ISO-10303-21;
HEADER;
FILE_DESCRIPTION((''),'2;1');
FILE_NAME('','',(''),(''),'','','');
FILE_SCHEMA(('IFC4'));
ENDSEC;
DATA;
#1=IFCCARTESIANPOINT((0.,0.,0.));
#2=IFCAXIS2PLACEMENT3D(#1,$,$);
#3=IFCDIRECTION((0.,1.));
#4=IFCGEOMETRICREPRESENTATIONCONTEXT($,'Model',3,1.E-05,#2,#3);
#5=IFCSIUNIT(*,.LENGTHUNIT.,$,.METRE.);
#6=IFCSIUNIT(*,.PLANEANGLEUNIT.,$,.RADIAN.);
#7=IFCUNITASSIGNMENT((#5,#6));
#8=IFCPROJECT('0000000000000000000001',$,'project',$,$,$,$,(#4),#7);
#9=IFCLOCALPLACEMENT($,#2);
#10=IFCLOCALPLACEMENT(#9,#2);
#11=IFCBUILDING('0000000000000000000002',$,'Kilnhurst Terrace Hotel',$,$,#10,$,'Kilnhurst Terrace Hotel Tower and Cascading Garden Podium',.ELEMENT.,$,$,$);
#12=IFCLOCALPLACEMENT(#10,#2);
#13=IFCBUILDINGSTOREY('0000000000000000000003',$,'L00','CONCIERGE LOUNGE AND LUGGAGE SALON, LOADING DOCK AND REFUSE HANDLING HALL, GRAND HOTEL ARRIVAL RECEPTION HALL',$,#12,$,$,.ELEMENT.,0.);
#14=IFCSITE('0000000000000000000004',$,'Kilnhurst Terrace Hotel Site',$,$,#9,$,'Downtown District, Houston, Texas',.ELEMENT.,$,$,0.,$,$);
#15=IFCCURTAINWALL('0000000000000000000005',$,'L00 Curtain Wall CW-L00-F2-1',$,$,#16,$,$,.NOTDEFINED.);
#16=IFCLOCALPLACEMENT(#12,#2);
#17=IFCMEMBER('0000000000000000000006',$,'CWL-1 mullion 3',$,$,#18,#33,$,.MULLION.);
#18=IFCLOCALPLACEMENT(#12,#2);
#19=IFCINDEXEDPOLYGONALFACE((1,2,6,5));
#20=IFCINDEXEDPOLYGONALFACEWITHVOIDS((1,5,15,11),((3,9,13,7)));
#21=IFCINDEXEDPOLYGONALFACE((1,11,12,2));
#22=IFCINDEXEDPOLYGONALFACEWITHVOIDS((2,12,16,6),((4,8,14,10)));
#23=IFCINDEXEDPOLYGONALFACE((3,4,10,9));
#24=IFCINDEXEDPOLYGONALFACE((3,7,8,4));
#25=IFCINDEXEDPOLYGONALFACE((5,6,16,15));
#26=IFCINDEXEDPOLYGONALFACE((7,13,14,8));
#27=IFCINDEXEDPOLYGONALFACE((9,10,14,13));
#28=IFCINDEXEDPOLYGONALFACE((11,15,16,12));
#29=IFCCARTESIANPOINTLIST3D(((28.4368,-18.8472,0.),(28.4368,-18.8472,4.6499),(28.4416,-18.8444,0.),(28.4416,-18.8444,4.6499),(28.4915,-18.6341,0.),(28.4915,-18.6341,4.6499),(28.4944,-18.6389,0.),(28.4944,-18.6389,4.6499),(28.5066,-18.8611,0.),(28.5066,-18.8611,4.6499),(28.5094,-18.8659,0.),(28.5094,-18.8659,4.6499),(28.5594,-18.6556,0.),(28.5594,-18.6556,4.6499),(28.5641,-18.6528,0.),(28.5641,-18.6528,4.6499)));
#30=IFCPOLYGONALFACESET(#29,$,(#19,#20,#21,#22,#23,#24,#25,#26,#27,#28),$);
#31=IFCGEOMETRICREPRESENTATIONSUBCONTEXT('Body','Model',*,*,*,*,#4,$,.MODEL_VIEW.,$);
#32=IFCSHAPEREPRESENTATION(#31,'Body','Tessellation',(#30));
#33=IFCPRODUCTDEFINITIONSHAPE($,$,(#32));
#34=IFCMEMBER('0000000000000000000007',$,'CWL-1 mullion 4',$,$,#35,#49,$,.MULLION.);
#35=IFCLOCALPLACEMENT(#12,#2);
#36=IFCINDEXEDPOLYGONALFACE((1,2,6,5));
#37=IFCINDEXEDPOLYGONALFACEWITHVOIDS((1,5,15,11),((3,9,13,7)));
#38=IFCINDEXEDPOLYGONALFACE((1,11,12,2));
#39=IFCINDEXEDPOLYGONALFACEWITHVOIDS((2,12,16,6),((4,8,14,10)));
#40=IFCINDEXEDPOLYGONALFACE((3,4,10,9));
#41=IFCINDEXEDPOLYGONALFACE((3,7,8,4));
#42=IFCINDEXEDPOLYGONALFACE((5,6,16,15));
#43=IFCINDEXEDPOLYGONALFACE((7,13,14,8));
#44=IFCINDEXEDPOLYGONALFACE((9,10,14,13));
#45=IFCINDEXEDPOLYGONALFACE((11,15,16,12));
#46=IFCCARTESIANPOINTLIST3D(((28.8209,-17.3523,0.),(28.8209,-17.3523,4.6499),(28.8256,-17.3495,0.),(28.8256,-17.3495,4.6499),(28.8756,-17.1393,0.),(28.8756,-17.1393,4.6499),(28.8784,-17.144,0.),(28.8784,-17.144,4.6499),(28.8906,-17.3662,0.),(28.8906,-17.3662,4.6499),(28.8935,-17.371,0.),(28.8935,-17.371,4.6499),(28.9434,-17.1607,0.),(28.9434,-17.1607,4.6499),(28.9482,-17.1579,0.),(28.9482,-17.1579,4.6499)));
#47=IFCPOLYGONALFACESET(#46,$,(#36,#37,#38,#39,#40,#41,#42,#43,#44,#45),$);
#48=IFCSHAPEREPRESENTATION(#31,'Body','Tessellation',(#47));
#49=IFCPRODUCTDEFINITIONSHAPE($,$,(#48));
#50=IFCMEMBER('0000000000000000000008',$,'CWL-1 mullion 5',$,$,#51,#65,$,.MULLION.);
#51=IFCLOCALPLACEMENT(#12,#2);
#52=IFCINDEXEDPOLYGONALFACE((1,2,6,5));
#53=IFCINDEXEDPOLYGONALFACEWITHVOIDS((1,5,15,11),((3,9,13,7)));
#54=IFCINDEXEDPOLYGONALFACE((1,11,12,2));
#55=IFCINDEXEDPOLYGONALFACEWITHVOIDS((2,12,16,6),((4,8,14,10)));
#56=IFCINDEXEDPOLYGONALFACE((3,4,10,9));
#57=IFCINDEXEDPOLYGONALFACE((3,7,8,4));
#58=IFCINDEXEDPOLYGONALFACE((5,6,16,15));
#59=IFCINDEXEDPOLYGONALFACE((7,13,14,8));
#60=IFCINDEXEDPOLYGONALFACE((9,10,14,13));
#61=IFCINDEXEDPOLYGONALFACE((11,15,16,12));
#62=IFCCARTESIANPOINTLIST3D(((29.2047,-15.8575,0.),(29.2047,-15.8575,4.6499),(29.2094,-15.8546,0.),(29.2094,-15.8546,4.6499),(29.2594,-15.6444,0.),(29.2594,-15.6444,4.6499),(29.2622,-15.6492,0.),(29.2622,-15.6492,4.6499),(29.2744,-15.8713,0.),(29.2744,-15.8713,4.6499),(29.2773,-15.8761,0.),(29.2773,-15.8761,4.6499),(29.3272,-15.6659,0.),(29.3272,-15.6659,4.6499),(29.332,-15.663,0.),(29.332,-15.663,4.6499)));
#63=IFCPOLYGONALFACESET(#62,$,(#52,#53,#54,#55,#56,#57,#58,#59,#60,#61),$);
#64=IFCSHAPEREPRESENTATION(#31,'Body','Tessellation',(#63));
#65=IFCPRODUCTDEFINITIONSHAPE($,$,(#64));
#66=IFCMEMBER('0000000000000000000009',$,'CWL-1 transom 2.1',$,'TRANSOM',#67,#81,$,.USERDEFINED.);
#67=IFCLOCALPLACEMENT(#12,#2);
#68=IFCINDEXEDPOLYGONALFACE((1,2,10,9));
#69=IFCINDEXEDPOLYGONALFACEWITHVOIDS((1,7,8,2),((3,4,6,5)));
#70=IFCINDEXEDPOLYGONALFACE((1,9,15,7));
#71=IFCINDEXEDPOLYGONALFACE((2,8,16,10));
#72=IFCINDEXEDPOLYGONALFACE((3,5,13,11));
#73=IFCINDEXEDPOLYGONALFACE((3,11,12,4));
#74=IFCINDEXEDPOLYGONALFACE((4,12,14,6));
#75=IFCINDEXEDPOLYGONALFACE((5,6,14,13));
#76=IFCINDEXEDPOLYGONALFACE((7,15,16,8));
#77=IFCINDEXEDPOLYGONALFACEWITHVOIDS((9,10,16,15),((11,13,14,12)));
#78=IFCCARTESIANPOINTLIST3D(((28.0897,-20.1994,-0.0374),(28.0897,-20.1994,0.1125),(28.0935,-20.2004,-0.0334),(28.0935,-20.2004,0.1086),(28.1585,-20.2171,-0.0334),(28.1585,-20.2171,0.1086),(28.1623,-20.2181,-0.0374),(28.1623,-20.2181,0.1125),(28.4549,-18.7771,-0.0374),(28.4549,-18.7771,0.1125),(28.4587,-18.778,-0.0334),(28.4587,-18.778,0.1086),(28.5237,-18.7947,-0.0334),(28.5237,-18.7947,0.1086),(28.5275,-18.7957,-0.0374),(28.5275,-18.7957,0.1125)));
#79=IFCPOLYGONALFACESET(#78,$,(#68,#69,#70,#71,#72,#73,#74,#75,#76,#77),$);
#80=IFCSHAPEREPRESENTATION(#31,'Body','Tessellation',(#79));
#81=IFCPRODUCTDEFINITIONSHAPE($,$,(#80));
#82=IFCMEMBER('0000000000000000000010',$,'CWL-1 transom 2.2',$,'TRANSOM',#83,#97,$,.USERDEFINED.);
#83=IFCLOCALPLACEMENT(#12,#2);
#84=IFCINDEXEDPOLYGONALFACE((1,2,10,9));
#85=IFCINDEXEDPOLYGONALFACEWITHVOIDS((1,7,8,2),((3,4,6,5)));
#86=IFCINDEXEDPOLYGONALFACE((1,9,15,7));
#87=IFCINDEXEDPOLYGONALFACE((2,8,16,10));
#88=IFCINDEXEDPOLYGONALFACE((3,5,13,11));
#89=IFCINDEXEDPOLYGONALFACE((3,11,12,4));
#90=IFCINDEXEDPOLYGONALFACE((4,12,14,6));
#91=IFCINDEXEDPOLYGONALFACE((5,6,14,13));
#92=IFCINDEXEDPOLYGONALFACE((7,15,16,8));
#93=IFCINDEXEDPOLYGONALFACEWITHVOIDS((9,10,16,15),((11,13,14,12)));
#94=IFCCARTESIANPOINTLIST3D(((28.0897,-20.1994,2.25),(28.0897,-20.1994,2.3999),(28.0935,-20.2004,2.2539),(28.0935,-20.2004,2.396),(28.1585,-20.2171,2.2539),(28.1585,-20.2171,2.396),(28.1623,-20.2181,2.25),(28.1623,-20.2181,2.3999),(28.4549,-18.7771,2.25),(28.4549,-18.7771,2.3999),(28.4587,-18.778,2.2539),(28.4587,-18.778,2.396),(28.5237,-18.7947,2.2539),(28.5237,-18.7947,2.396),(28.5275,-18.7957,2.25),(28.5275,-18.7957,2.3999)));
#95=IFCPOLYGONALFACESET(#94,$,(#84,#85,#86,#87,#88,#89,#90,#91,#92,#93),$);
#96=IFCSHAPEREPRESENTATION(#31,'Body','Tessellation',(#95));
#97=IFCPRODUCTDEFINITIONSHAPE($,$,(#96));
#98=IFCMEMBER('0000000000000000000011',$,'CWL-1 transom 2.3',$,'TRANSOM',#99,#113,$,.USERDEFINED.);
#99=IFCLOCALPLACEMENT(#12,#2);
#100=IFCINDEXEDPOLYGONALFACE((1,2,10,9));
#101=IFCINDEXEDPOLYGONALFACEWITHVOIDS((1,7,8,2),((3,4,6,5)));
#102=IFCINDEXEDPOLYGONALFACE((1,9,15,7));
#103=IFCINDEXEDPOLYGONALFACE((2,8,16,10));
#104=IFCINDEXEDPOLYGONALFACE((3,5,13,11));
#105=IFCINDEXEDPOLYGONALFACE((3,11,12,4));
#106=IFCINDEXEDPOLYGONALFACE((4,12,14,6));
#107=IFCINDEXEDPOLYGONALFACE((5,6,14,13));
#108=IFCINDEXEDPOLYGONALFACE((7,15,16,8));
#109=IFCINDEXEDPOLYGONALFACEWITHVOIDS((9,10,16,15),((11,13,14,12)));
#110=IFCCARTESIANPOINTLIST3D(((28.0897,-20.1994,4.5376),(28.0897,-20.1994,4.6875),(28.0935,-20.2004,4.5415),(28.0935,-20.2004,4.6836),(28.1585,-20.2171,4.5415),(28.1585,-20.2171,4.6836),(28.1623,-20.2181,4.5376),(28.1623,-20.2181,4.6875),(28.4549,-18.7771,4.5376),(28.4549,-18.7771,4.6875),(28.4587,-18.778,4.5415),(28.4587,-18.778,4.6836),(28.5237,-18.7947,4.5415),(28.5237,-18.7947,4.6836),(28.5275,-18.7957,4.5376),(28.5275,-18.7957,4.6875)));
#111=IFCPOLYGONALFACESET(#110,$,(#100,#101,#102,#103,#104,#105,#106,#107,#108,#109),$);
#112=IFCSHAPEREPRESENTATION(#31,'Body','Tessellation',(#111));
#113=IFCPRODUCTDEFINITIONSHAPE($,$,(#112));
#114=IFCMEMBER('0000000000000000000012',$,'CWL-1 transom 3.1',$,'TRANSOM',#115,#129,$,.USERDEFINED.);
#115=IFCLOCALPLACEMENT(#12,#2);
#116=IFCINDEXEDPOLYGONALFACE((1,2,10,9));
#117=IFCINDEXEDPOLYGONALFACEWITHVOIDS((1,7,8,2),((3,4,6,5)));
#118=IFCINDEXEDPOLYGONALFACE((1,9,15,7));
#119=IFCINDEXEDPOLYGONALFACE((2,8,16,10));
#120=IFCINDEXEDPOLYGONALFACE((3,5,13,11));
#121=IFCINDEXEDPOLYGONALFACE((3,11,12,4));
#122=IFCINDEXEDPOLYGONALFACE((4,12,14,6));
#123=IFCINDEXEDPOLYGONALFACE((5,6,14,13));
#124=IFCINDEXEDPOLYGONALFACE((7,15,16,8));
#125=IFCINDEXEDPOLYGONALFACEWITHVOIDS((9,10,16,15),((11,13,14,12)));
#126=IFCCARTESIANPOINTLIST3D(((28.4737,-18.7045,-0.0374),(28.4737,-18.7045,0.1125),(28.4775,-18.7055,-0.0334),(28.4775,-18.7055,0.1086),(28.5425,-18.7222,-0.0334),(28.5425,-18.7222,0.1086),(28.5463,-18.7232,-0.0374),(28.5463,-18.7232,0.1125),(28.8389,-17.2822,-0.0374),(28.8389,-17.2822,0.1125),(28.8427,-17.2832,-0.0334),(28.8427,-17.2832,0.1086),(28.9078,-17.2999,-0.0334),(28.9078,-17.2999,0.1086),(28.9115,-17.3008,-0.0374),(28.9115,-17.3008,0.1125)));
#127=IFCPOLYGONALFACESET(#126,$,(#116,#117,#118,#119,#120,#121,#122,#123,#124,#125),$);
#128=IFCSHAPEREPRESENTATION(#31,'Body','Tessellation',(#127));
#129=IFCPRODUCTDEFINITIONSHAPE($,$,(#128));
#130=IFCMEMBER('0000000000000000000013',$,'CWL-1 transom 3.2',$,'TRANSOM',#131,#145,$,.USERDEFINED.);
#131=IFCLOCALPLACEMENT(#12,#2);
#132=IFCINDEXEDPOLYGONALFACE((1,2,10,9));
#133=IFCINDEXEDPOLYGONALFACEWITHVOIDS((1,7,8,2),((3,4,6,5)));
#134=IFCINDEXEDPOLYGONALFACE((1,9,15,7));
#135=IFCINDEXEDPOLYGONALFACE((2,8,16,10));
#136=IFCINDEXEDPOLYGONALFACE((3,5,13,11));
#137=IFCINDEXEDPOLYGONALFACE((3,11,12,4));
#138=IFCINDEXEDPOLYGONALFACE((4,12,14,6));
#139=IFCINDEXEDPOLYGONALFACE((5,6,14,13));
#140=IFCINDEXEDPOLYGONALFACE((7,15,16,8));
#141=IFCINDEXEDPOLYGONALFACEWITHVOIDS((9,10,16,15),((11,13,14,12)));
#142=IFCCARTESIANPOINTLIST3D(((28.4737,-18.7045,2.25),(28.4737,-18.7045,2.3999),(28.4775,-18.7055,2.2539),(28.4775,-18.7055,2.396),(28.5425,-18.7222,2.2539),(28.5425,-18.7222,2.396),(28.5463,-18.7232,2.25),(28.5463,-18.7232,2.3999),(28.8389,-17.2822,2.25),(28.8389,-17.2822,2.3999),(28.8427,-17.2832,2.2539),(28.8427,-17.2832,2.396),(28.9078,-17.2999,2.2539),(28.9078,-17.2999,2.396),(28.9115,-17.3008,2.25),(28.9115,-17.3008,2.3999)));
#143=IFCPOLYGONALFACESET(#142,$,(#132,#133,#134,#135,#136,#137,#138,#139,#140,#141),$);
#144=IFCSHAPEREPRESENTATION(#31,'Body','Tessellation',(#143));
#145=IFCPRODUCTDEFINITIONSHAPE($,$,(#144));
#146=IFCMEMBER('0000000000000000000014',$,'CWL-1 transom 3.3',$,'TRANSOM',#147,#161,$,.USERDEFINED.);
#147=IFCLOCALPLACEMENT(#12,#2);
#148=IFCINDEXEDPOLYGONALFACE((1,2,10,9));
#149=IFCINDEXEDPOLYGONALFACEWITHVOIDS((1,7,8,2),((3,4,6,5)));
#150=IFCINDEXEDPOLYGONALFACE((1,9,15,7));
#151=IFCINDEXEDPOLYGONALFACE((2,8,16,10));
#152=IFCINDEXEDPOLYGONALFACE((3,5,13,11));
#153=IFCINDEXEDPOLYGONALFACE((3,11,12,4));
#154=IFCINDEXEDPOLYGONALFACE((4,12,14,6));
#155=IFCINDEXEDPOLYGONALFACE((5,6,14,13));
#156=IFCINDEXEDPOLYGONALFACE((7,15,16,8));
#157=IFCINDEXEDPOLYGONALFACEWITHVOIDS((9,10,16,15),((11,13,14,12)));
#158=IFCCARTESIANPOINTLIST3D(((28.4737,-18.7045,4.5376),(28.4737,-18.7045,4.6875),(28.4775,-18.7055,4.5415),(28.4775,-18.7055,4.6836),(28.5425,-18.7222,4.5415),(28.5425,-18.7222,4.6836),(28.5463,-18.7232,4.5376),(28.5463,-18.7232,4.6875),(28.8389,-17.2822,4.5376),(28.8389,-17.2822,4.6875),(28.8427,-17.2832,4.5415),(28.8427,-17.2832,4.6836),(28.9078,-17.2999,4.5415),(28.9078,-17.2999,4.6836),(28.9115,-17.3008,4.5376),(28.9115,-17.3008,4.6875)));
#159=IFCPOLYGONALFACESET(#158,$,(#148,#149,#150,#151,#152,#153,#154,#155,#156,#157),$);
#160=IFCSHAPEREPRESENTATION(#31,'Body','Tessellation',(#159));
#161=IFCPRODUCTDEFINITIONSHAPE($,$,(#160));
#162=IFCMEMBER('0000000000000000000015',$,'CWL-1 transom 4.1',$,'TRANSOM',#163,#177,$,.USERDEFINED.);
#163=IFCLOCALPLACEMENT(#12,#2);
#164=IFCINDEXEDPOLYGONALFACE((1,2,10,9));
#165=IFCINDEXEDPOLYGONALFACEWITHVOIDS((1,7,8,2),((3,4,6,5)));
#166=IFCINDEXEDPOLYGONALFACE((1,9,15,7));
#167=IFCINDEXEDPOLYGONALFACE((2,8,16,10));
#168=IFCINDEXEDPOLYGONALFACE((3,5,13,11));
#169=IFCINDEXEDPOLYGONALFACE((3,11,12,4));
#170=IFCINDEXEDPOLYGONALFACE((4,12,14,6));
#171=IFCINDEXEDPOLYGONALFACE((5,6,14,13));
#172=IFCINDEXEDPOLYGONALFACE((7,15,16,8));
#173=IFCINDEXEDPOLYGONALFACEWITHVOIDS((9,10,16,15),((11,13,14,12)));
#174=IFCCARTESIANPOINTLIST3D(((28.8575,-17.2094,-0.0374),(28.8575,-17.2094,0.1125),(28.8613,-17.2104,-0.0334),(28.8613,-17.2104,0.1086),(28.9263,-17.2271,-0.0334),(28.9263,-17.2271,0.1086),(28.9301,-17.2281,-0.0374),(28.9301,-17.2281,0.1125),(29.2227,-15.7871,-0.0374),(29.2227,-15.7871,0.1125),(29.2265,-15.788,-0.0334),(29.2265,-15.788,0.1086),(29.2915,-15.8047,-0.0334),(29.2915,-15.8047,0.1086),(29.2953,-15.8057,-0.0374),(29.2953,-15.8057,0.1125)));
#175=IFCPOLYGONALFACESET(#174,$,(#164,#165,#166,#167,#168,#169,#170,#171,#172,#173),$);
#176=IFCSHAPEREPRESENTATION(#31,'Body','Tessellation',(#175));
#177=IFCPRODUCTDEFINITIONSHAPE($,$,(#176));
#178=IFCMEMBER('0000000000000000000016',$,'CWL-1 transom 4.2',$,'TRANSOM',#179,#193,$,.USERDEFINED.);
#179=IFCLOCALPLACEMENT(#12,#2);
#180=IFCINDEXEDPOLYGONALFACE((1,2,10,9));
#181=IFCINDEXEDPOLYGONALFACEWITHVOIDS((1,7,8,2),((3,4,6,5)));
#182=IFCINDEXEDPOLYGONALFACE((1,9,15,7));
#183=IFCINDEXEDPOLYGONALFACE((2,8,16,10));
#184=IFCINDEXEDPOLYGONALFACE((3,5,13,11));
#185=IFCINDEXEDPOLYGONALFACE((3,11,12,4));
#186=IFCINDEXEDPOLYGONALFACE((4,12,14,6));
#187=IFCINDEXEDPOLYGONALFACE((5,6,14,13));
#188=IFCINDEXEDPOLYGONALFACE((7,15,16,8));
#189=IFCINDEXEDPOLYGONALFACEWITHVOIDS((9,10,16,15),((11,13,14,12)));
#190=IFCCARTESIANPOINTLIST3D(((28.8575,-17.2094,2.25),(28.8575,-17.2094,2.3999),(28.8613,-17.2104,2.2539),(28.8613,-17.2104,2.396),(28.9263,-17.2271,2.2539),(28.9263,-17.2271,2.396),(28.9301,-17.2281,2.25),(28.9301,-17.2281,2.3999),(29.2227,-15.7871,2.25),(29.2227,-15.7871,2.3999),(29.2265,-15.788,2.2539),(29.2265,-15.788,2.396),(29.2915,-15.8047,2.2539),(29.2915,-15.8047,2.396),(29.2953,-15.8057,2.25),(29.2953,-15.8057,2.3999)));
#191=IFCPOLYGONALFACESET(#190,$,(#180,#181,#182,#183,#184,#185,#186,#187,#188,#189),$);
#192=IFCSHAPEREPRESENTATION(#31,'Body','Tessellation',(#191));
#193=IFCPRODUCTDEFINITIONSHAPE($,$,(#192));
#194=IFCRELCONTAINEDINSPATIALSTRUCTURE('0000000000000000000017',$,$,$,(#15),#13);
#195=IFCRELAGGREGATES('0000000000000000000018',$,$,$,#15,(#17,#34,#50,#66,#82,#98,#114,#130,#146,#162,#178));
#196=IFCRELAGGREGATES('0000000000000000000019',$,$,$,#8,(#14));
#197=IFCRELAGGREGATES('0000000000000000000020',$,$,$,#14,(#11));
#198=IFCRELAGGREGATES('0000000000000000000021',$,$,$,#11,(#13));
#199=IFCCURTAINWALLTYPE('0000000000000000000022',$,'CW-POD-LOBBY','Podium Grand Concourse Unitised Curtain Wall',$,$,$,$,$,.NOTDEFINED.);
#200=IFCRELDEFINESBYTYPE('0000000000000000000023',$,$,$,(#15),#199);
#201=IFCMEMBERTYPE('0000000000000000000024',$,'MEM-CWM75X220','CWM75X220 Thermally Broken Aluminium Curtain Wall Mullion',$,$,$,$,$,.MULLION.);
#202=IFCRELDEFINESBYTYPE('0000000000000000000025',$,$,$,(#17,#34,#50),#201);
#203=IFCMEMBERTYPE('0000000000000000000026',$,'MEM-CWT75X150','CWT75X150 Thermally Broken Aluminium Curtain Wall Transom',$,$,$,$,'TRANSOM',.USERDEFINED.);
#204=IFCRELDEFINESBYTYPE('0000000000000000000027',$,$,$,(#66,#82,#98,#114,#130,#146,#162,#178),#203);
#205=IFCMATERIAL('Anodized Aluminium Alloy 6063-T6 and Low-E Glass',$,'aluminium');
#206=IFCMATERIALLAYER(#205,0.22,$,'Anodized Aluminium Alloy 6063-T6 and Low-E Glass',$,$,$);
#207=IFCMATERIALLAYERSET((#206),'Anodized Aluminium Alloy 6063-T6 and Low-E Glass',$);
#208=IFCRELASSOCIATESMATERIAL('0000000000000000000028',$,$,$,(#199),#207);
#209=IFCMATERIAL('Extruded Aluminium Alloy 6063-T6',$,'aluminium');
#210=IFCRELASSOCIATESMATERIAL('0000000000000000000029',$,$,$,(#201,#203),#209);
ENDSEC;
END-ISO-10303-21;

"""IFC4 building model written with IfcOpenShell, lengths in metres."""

from ifc_helpers import new_model, si_unit, direction, frame, origin, origin_2d, place, context, subcontext, project, spatial, hollow_rectangle, extrude, material, layer, layer_set, material_profile, profile_set, type_object, element, aggregate, save


model = new_model("IFC4")

# Units and contexts
model_context = context("Model", 3, precision=1e-05, world=origin(), true_north=direction((0.0, 1.0)))
body_context = subcontext(model_context, "Body", "Model", "MODEL_VIEW")
ifc_project = project(units=[si_unit("LENGTHUNIT", "METRE"), si_unit("PLANEANGLEUNIT", "RADIAN")], contexts=[model_context])

# Site, building, storey
site_placement = place(None, origin())
site = spatial("IfcSite", under=ifc_project, at=site_placement, Name="Kilnhurst Terrace Hotel Site", LongName="Downtown District, Houston, Texas", CompositionType="ELEMENT", RefElevation=0.0)
building_placement = place(site_placement, origin())
building = spatial("IfcBuilding", under=site, at=building_placement, Name="Kilnhurst Terrace Hotel", LongName="Kilnhurst Terrace Hotel Tower and Cascading Garden Podium", CompositionType="ELEMENT")
storey_placement = place(building_placement, origin())
storey = spatial("IfcBuildingStorey", under=building, at=storey_placement, Name="L00", Description="CONCIERGE LOUNGE AND LUGGAGE SALON, LOADING DOCK AND REFUSE HANDLING HALL, GRAND HOTEL ARRIVAL RECEPTION HALL", CompositionType="ELEMENT", Elevation=0.0)

# Curtain wall, members
ifc_material_1 = material(Name="Anodized Aluminium Alloy 6063-T6 and Low-E Glass", Category="aluminium")
ifc_layer_1 = layer(ifc_material_1, 0.22, Name="Anodized Aluminium Alloy 6063-T6 and Low-E Glass")
ifc_layer_set_1 = layer_set([ifc_layer_1], Name="Anodized Aluminium Alloy 6063-T6 and Low-E Glass")
curtain_wall_type = type_object("IfcCurtainWallType", Name="CW-POD-LOBBY", Description="Podium Grand Concourse Unitised Curtain Wall", PredefinedType="NOTDEFINED", material=ifc_layer_set_1)
curtain_wall_placement = place(storey_placement, origin())
curtain_wall = element("IfcCurtainWall", 1, at=curtain_wall_placement, inside=storey, type_object=curtain_wall_type, Name="L00 Curtain Wall CW-L00-F2-1", PredefinedType="NOTDEFINED")
ifc_material_2 = material(Name="Extruded Aluminium Alloy 6063-T6", Category="aluminium")
ifc_material_profile_1 = material_profile(ifc_material_2, hollow_rectangle(XDim=0.075, YDim=0.22, WallThickness=0.0039, at=origin_2d()), Name="CWM75X220")
ifc_profile_set_1 = profile_set([ifc_material_profile_1], Name="Extruded Aluminium Alloy 6063-T6")
member_type_1 = type_object("IfcMemberType", Name="MEM-CWM75X220", Description="CWM75X220 Thermally Broken Aluminium Curtain Wall Mullion", PredefinedType="MULLION", material=ifc_profile_set_1)
member_1_placement = place(storey_placement, frame((28.5005, -18.75, 0.0), z_axis=(0.0, 0.0, 1.0), x_axis=(-0.96857, 0.24874, 0.0)))
member_1 = element("IfcMember", 2, at=member_1_placement, type_object=member_type_1, Name="CWL-1 mullion 3", PredefinedType="MULLION", context=body_context, shape_type="SweptSolid", body=[
    extrude(hollow_rectangle(XDim=0.075, YDim=0.22, WallThickness=0.0039, at=origin_2d()), origin(), (0.0, 0.0, 1.0), 4.6499),
])
member_2_placement = place(storey_placement, frame((28.8845, -17.2551, 0.0), z_axis=(0.0, 0.0, 1.0), x_axis=(-0.96857, 0.24874, 0.0)))
member_2 = element("IfcMember", 3, at=member_2_placement, type_object=member_type_1, Name="CWL-1 mullion 4", PredefinedType="MULLION", context=body_context, shape_type="SweptSolid", body=[
    extrude(hollow_rectangle(XDim=0.075, YDim=0.22, WallThickness=0.0039, at=origin_2d()), origin(), (0.0, 0.0, 1.0), 4.6499),
])
member_3_placement = place(storey_placement, frame((29.2683, -15.7603, 0.0), z_axis=(0.0, 0.0, 1.0), x_axis=(-0.96857, 0.24874, 0.0)))
member_3 = element("IfcMember", 4, at=member_3_placement, type_object=member_type_1, Name="CWL-1 mullion 5", PredefinedType="MULLION", context=body_context, shape_type="SweptSolid", body=[
    extrude(hollow_rectangle(XDim=0.075, YDim=0.22, WallThickness=0.0039, at=origin_2d()), origin(), (0.0, 0.0, 1.0), 4.6499),
])
ifc_material_profile_2 = material_profile(ifc_material_2, hollow_rectangle(XDim=0.075, YDim=0.1499, WallThickness=0.0039, at=origin_2d()), Name="CWT75X150")
ifc_profile_set_2 = profile_set([ifc_material_profile_2], Name="Extruded Aluminium Alloy 6063-T6")
member_type_2 = type_object("IfcMemberType", Name="MEM-CWT75X150", Description="CWT75X150 Thermally Broken Aluminium Curtain Wall Transom", ElementType="TRANSOM", PredefinedType="USERDEFINED", material=ifc_profile_set_2)
member_4_placement = place(storey_placement, frame((28.126, -20.2087, 0.0376), z_axis=(0.248711, 0.968578, 0.0), x_axis=(-0.968578, 0.248711, 0.0)))
member_4 = element("IfcMember", 5, at=member_4_placement, type_object=member_type_2, Name="CWL-1 transom 2.1", ObjectType="TRANSOM", PredefinedType="USERDEFINED", context=body_context, shape_type="SweptSolid", body=[
    extrude(hollow_rectangle(XDim=0.075, YDim=0.1499, WallThickness=0.0039, at=origin_2d()), origin(), (0.0, 0.0, 1.0), 1.4685),
])
member_5_placement = place(storey_placement, frame((28.126, -20.2087, 2.325), z_axis=(0.248711, 0.968578, 0.0), x_axis=(-0.968578, 0.248711, 0.0)))
member_5 = element("IfcMember", 6, at=member_5_placement, type_object=member_type_2, Name="CWL-1 transom 2.2", ObjectType="TRANSOM", PredefinedType="USERDEFINED", context=body_context, shape_type="SweptSolid", body=[
    extrude(hollow_rectangle(XDim=0.075, YDim=0.1499, WallThickness=0.0039, at=origin_2d()), origin(), (0.0, 0.0, 1.0), 1.4685),
])
member_6_placement = place(storey_placement, frame((28.126, -20.2087, 4.6125), z_axis=(0.248711, 0.968578, 0.0), x_axis=(-0.968578, 0.248711, 0.0)))
member_6 = element("IfcMember", 7, at=member_6_placement, type_object=member_type_2, Name="CWL-1 transom 2.3", ObjectType="TRANSOM", PredefinedType="USERDEFINED", context=body_context, shape_type="SweptSolid", body=[
    extrude(hollow_rectangle(XDim=0.075, YDim=0.1499, WallThickness=0.0039, at=origin_2d()), origin(), (0.0, 0.0, 1.0), 1.4685),
])
member_7_placement = place(storey_placement, frame((28.51, -18.7139, 0.0376), z_axis=(0.248711, 0.968578, 0.0), x_axis=(-0.968578, 0.248711, 0.0)))
member_7 = element("IfcMember", 8, at=member_7_placement, type_object=member_type_2, Name="CWL-1 transom 3.1", ObjectType="TRANSOM", PredefinedType="USERDEFINED", context=body_context, shape_type="SweptSolid", body=[
    extrude(hollow_rectangle(XDim=0.075, YDim=0.1499, WallThickness=0.0039, at=origin_2d()), origin(), (0.0, 0.0, 1.0), 1.4685),
])
member_8_placement = place(storey_placement, frame((28.51, -18.7139, 2.325), z_axis=(0.248711, 0.968578, 0.0), x_axis=(-0.968578, 0.248711, 0.0)))
member_8 = element("IfcMember", 9, at=member_8_placement, type_object=member_type_2, Name="CWL-1 transom 3.2", ObjectType="TRANSOM", PredefinedType="USERDEFINED", context=body_context, shape_type="SweptSolid", body=[
    extrude(hollow_rectangle(XDim=0.075, YDim=0.1499, WallThickness=0.0039, at=origin_2d()), origin(), (0.0, 0.0, 1.0), 1.4685),
])
member_9_placement = place(storey_placement, frame((28.51, -18.7139, 4.6125), z_axis=(0.248711, 0.968578, 0.0), x_axis=(-0.968578, 0.248711, 0.0)))
member_9 = element("IfcMember", 10, at=member_9_placement, type_object=member_type_2, Name="CWL-1 transom 3.3", ObjectType="TRANSOM", PredefinedType="USERDEFINED", context=body_context, shape_type="SweptSolid", body=[
    extrude(hollow_rectangle(XDim=0.075, YDim=0.1499, WallThickness=0.0039, at=origin_2d()), origin(), (0.0, 0.0, 1.0), 1.4685),
])
member_10_placement = place(storey_placement, frame((28.8938, -17.2188, 0.0376), z_axis=(0.248711, 0.968578, 0.0), x_axis=(-0.968578, 0.248711, 0.0)))
member_10 = element("IfcMember", 11, at=member_10_placement, type_object=member_type_2, Name="CWL-1 transom 4.1", ObjectType="TRANSOM", PredefinedType="USERDEFINED", context=body_context, shape_type="SweptSolid", body=[
    extrude(hollow_rectangle(XDim=0.075, YDim=0.1499, WallThickness=0.0039, at=origin_2d()), origin(), (0.0, 0.0, 1.0), 1.4685),
])
member_11_placement = place(storey_placement, frame((28.8938, -17.2188, 2.325), z_axis=(0.248711, 0.968578, 0.0), x_axis=(-0.968578, 0.248711, 0.0)))
member_11 = element("IfcMember", 12, at=member_11_placement, type_object=member_type_2, Name="CWL-1 transom 4.2", ObjectType="TRANSOM", PredefinedType="USERDEFINED", context=body_context, shape_type="SweptSolid", body=[
    extrude(hollow_rectangle(XDim=0.075, YDim=0.1499, WallThickness=0.0039, at=origin_2d()), origin(), (0.0, 0.0, 1.0), 1.4685),
])
aggregate(curtain_wall, [member_1, member_2, member_3, member_4, member_5, member_6, member_7, member_8, member_9, member_10, member_11])

save(model, "model.ifc")
